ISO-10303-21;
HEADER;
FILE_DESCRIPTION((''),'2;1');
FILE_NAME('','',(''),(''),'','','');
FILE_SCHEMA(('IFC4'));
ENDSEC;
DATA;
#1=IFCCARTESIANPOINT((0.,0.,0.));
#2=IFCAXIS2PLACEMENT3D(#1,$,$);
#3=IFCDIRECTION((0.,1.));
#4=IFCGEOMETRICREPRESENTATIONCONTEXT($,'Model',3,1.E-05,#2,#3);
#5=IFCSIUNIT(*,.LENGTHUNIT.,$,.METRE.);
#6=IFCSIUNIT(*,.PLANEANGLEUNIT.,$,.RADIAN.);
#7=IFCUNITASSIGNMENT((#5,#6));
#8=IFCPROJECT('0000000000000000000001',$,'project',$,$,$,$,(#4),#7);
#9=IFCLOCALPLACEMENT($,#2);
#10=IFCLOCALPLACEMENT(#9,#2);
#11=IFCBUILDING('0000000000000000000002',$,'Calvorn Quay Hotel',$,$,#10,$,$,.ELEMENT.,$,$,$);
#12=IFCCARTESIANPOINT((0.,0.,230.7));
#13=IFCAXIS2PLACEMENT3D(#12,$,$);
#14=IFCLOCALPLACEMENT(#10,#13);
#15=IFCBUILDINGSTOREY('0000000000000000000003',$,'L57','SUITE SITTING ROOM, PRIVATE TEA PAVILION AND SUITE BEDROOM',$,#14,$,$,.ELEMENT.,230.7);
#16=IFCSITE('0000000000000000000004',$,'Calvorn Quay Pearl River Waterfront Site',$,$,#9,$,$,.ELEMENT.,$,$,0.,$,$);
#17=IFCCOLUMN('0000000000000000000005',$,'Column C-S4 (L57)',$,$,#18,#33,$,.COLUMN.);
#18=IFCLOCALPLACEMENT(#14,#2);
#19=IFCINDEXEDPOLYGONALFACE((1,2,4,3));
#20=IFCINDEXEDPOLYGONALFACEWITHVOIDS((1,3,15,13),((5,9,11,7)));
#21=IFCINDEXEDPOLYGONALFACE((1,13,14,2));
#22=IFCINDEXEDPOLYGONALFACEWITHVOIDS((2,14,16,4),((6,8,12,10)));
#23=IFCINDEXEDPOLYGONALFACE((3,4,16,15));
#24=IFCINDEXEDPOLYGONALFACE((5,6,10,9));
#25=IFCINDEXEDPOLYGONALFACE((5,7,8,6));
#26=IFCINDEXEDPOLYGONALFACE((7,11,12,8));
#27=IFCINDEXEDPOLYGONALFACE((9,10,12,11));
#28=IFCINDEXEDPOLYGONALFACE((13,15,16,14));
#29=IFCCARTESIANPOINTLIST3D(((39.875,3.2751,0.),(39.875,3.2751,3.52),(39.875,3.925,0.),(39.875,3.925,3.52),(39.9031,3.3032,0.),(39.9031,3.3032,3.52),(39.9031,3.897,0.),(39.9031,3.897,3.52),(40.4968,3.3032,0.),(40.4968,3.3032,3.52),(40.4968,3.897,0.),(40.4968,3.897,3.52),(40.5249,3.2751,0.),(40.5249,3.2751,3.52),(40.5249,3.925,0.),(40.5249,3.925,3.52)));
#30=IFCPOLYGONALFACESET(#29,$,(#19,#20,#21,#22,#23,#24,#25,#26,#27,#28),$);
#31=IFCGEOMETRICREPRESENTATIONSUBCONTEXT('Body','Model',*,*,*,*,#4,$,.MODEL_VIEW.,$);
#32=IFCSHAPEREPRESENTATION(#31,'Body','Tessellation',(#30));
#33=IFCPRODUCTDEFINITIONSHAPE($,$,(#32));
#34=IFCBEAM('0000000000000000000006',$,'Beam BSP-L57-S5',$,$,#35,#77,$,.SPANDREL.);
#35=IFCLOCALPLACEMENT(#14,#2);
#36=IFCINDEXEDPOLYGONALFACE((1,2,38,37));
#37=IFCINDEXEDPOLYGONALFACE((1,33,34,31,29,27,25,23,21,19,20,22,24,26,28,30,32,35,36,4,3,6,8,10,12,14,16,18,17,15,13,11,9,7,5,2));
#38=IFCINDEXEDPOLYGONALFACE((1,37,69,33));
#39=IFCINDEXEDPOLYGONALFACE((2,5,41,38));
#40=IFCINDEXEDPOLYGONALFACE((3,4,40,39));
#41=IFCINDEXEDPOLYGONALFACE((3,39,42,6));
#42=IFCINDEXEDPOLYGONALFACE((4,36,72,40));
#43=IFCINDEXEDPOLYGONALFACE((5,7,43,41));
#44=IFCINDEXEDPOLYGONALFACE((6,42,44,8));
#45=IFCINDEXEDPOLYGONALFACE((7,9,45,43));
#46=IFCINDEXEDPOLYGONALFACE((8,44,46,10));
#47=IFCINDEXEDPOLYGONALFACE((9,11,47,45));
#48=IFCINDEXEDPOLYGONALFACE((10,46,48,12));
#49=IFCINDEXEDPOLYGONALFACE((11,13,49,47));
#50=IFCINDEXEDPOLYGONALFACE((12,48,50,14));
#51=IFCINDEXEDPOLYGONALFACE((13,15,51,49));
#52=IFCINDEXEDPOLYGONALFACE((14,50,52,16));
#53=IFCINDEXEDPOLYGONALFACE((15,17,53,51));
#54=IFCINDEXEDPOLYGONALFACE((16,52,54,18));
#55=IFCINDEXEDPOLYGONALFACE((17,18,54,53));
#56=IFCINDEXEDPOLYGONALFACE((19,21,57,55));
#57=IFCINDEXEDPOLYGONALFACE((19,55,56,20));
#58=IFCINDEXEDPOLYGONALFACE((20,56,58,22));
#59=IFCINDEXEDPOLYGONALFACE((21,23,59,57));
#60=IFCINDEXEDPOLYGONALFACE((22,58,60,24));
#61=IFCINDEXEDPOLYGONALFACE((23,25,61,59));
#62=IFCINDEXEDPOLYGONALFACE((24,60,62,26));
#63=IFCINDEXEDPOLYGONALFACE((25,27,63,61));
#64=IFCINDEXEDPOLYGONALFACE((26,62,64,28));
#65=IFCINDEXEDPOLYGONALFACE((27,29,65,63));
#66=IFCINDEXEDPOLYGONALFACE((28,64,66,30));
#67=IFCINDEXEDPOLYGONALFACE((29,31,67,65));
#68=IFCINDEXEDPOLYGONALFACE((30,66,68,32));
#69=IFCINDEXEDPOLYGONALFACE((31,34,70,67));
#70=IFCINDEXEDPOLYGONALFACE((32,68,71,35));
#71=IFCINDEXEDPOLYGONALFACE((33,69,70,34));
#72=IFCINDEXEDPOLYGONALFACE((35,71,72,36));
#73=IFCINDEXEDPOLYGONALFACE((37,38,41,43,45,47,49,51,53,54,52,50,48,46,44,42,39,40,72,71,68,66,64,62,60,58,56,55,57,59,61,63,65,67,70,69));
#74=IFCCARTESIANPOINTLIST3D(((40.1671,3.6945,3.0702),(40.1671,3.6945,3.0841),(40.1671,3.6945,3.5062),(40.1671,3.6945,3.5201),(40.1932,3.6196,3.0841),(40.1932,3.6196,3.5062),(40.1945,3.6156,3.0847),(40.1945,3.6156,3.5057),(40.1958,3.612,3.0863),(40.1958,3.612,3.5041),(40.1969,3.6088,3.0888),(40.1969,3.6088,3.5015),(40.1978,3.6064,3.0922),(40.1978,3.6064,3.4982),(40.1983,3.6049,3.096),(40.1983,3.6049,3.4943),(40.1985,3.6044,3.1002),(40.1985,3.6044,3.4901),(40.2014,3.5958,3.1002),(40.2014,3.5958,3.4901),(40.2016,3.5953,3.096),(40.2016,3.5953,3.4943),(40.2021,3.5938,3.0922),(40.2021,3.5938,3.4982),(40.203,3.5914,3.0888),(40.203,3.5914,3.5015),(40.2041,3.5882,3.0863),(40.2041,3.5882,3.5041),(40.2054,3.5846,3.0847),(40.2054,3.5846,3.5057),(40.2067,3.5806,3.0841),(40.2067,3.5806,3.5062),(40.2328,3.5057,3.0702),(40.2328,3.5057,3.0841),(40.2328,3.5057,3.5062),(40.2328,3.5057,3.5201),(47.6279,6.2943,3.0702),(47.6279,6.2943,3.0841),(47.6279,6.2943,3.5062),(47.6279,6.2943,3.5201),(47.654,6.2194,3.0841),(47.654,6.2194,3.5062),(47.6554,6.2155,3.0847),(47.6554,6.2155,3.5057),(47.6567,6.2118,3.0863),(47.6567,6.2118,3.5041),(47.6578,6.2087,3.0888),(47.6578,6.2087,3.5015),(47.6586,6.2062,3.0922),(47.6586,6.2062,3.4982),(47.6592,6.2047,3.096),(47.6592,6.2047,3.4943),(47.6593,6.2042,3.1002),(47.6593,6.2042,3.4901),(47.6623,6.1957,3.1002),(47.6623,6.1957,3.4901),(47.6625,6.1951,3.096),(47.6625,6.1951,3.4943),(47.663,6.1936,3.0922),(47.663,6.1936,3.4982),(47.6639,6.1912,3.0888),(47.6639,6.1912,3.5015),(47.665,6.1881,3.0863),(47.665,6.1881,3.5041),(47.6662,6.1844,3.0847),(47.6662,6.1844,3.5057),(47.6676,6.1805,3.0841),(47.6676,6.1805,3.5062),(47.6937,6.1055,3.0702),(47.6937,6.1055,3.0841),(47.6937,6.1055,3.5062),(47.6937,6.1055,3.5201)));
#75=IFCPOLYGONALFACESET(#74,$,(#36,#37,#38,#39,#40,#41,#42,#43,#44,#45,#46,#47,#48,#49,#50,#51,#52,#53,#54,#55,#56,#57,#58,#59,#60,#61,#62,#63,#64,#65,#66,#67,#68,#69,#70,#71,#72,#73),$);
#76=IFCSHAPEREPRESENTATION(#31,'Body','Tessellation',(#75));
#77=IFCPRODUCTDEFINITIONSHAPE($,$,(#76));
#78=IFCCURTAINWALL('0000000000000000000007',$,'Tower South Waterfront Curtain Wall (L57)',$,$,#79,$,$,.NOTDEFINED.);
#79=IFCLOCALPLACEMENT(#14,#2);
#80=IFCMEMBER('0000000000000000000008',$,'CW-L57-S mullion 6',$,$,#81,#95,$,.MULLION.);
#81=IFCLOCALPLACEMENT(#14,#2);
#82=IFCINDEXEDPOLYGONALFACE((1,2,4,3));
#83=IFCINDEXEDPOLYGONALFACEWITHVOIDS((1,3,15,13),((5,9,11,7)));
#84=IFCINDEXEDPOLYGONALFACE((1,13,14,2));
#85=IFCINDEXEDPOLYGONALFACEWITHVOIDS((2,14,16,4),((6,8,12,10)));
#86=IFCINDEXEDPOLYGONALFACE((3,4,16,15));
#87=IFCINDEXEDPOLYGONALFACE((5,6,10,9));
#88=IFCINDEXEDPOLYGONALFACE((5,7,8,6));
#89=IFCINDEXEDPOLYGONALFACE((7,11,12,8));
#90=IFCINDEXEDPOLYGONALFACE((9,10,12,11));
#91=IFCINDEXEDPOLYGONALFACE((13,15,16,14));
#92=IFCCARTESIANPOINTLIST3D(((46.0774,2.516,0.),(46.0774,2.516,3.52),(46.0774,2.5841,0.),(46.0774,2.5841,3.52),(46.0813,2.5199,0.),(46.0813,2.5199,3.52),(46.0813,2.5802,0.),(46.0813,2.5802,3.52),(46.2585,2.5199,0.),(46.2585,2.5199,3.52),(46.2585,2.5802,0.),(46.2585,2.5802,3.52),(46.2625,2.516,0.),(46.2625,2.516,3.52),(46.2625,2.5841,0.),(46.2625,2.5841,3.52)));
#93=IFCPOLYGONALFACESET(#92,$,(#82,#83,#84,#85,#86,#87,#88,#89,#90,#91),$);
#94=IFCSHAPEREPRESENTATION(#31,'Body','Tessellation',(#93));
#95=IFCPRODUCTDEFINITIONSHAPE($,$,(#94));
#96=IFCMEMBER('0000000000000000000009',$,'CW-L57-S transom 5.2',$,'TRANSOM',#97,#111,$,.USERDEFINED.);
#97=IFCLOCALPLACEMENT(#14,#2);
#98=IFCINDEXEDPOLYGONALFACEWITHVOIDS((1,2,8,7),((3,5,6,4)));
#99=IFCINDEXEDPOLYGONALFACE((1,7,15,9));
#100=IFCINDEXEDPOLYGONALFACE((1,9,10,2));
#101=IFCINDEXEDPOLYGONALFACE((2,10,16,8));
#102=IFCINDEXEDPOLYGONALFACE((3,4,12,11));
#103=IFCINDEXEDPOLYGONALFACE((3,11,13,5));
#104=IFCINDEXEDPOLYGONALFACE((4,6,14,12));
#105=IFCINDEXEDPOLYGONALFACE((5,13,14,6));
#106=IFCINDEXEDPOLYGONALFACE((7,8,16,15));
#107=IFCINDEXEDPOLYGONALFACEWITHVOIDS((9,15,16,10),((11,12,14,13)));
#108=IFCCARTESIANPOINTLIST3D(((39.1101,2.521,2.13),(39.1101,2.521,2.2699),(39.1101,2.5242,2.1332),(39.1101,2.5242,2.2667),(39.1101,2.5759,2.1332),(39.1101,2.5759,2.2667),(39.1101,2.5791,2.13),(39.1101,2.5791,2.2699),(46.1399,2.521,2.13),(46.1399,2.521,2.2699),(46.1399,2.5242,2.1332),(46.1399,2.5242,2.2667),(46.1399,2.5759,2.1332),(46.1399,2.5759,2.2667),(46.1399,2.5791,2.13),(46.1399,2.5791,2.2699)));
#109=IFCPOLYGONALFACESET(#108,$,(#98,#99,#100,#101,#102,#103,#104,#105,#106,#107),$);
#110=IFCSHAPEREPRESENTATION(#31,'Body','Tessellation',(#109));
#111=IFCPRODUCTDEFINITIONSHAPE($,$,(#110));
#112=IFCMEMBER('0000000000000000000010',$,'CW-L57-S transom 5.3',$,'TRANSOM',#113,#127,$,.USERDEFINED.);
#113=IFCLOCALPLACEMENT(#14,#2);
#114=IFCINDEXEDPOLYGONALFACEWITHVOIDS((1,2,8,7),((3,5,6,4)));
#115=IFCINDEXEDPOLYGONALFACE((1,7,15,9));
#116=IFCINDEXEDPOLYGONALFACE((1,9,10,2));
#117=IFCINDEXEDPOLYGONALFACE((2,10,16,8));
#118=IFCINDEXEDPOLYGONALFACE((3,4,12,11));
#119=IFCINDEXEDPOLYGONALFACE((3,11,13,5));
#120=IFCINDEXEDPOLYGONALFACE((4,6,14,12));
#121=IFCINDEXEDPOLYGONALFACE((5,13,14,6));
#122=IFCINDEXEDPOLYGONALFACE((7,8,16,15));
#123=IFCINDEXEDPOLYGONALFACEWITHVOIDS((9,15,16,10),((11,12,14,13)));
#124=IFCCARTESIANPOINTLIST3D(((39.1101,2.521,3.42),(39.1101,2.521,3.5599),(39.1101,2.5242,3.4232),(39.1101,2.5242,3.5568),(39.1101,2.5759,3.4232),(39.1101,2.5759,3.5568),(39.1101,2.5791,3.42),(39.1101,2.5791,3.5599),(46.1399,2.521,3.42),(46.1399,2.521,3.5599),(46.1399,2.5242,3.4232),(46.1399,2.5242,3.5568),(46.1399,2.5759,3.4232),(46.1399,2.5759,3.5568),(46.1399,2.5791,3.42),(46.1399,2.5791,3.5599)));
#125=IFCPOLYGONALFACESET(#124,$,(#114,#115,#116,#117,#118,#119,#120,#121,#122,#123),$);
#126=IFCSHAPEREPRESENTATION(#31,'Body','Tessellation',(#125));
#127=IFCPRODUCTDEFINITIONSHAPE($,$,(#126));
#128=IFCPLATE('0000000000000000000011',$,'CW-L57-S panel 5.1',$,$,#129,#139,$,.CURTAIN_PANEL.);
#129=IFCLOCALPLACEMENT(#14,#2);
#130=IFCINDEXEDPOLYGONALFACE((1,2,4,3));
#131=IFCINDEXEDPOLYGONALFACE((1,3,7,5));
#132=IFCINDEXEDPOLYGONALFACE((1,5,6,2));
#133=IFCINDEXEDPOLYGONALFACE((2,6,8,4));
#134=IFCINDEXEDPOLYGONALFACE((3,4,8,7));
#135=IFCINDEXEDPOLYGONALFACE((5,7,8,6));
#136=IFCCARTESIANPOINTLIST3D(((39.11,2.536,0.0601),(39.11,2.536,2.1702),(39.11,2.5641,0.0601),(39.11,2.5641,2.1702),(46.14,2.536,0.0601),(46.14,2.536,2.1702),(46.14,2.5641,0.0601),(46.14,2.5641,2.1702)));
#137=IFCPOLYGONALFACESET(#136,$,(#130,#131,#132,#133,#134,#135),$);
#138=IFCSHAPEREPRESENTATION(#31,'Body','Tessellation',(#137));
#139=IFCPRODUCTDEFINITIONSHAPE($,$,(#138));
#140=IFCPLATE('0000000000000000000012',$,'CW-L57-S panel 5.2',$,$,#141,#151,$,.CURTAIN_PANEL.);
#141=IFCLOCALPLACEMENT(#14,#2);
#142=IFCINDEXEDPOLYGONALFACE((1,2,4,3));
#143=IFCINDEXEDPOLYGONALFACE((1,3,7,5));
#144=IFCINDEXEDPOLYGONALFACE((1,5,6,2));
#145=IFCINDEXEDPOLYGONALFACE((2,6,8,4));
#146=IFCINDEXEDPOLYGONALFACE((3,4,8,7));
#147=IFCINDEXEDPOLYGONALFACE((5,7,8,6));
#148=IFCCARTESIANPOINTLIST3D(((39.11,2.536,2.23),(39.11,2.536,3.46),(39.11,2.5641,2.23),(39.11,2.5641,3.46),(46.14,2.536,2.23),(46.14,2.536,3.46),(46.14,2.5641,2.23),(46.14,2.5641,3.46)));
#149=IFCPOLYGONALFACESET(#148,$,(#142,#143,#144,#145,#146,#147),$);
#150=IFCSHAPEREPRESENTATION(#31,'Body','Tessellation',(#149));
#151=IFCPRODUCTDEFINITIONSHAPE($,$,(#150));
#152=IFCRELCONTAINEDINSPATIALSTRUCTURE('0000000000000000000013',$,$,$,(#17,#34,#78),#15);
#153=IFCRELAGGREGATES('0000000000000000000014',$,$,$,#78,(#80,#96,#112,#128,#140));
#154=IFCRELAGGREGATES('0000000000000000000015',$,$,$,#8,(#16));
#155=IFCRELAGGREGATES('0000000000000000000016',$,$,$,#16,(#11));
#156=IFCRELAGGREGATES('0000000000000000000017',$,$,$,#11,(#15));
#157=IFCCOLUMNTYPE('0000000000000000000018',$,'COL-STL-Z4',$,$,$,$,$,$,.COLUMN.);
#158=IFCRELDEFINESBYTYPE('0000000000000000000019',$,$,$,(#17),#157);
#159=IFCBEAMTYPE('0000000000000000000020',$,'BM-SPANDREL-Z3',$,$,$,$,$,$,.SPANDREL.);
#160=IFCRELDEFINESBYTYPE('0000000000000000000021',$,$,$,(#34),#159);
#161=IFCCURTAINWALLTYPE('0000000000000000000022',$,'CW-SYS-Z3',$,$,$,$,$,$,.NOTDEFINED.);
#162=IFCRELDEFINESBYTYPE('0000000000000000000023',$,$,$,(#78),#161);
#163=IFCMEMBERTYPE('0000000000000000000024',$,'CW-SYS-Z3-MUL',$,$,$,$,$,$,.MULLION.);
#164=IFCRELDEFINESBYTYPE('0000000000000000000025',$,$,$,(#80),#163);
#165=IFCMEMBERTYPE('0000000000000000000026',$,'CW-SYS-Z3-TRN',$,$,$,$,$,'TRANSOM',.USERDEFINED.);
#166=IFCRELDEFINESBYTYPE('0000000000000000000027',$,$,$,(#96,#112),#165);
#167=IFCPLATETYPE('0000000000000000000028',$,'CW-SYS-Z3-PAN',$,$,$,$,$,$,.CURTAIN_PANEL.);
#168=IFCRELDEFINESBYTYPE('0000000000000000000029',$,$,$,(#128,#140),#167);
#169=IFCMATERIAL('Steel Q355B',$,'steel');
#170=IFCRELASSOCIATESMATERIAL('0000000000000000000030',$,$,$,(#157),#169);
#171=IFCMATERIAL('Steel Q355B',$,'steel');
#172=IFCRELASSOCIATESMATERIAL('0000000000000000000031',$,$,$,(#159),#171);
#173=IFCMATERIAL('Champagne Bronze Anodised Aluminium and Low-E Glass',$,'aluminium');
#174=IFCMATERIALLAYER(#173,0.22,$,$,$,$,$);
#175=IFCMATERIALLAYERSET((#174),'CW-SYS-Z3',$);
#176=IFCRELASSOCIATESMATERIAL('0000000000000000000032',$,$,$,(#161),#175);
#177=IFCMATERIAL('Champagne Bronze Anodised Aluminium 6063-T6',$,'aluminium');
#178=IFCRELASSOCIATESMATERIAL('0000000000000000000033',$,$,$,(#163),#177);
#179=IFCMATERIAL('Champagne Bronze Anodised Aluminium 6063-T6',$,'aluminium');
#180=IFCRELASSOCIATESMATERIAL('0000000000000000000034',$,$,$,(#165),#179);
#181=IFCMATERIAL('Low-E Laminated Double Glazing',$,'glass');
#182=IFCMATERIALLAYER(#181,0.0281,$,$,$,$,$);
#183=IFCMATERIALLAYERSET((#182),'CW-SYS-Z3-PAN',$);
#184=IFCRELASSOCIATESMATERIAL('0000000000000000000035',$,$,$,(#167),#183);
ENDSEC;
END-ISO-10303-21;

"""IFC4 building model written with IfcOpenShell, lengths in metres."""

from ifc_helpers import new_model, si_unit, direction, frame, origin, origin_2d, place, context, subcontext, project, spatial, rectangle, hollow_rectangle, i_section, extrude, material, layer, layer_set, material_profile, profile_set, type_object, element, aggregate, save


model = new_model("IFC4")

# Units and contexts
model_context = context("Model", 3, precision=1e-05, world=origin(), true_north=direction((0.0, 1.0)))
body_context = subcontext(model_context, "Body", "Model", "MODEL_VIEW")
ifc_project = project(units=[si_unit("LENGTHUNIT", "METRE"), si_unit("PLANEANGLEUNIT", "RADIAN")], contexts=[model_context])

# Site, building, storey
site_placement = place(None, origin())
site = spatial("IfcSite", under=ifc_project, at=site_placement, Name="Calvorn Quay Pearl River Waterfront Site", CompositionType="ELEMENT", RefElevation=0.0)
building_placement = place(site_placement, origin())
building = spatial("IfcBuilding", under=site, at=building_placement, Name="Calvorn Quay Hotel", CompositionType="ELEMENT")
storey_placement = place(building_placement, frame((0.0, 0.0, 230.7)))
storey = spatial("IfcBuildingStorey", under=building, at=storey_placement, Name="L57", Description="SUITE SITTING ROOM, PRIVATE TEA PAVILION AND SUITE BEDROOM", CompositionType="ELEMENT", Elevation=230.7)

# Column
ifc_material_1 = material(Name="Steel Q355B", Category="steel")
ifc_material_profile_1 = material_profile(ifc_material_1, hollow_rectangle(XDim=0.6499, YDim=0.6499, WallThickness=0.0281, at=origin_2d()), Name="BOX650x650x28")
ifc_profile_set_1 = profile_set([ifc_material_profile_1], Name="Steel Q355B")
column_type = type_object("IfcColumnType", Name="COL-STL-Z4", PredefinedType="COLUMN", material=ifc_profile_set_1)
column_placement = place(storey_placement, frame((40.2, 3.6001, 0.0), z_axis=(0.0, 0.0, 1.0), x_axis=(1.0, 0.0, 0.0)))
element("IfcColumn", 1, at=column_placement, inside=storey, type_object=column_type, Name="Column C-S4 (L57)", PredefinedType="COLUMN", context=body_context, shape_type="SweptSolid", body=[
    extrude(hollow_rectangle(XDim=0.6499, YDim=0.6499, WallThickness=0.0281, at=origin_2d()), origin(), (0.0, 0.0, 1.0), 3.52),
])

# Beam
ifc_material_2 = material(Name="Steel Q355B", Category="steel")
ifc_material_profile_2 = material_profile(ifc_material_2, i_section(OverallWidth=0.2, OverallDepth=0.45, WebThickness=0.009, FlangeThickness=0.0139, FilletRadius=0.0161, at=origin_2d()), Name="HN450x200x9x14")
ifc_profile_set_2 = profile_set([ifc_material_profile_2], Name="Steel Q355B")
beam_type = type_object("IfcBeamType", Name="BM-SPANDREL-Z3", PredefinedType="SPANDREL", material=ifc_profile_set_2)
beam_placement = place(storey_placement, frame((40.2, 3.6001, 3.2952), z_axis=(0.94431, 0.329056, 0.0), x_axis=(-0.329056, 0.94431, 0.0)))
element("IfcBeam", 2, at=beam_placement, inside=storey, type_object=beam_type, Name="Beam BSP-L57-S5", PredefinedType="SPANDREL", context=body_context, shape_type="SweptSolid", body=[
    extrude(i_section(OverallWidth=0.2, OverallDepth=0.45, WebThickness=0.009, FlangeThickness=0.0139, FilletRadius=0.0161, at=origin_2d()), origin(), (0.0, 0.0, 1.0), 7.9009),
])

# Curtain wall, members, plates
ifc_material_3 = material(Name="Champagne Bronze Anodised Aluminium and Low-E Glass", Category="aluminium")
ifc_layer_1 = layer(ifc_material_3, 0.22)
ifc_layer_set_1 = layer_set([ifc_layer_1], Name="CW-SYS-Z3")
curtain_wall_type = type_object("IfcCurtainWallType", Name="CW-SYS-Z3", PredefinedType="NOTDEFINED", material=ifc_layer_set_1)
curtain_wall_placement = place(storey_placement, origin())
curtain_wall = element("IfcCurtainWall", 3, at=curtain_wall_placement, inside=storey, type_object=curtain_wall_type, Name="Tower South Waterfront Curtain Wall (L57)", PredefinedType="NOTDEFINED")
ifc_material_4 = material(Name="Champagne Bronze Anodised Aluminium 6063-T6", Category="aluminium")
ifc_material_profile_3 = material_profile(ifc_material_4, hollow_rectangle(XDim=0.0681, YDim=0.1851, WallThickness=0.0039, at=origin_2d()), Name="ALU-M185x68x4")
ifc_profile_set_3 = profile_set([ifc_material_profile_3], Name="Champagne Bronze Anodised Aluminium 6063-T6")
member_type_1 = type_object("IfcMemberType", Name="CW-SYS-Z3-MUL", PredefinedType="MULLION", material=ifc_profile_set_3)
member_1_placement = place(storey_placement, frame((46.1699, 2.55, 0.0), z_axis=(0.0, 0.0, 1.0), x_axis=(0.0, 1.0, 0.0)))
member_1 = element("IfcMember", 4, at=member_1_placement, type_object=member_type_1, Name="CW-L57-S mullion 6", PredefinedType="MULLION", context=body_context, shape_type="SweptSolid", body=[
    extrude(hollow_rectangle(XDim=0.0681, YDim=0.1851, WallThickness=0.0039, at=origin_2d()), origin(), (0.0, 0.0, 1.0), 3.52),
])
ifc_material_5 = material(Name="Champagne Bronze Anodised Aluminium 6063-T6", Category="aluminium")
ifc_material_profile_4 = material_profile(ifc_material_5, hollow_rectangle(XDim=0.0581, YDim=0.1399, WallThickness=0.0032, at=origin_2d()), Name="ALU-T140x58x3.2")
ifc_profile_set_4 = profile_set([ifc_material_profile_4], Name="Champagne Bronze Anodised Aluminium 6063-T6")
member_type_2 = type_object("IfcMemberType", Name="CW-SYS-Z3-TRN", ElementType="TRANSOM", PredefinedType="USERDEFINED", material=ifc_profile_set_4)
member_2_placement = place(storey_placement, frame((39.1101, 2.55, 2.2), z_axis=(1.0, 0.0, 0.0), x_axis=(0.0, 1.0, 0.0)))
member_2 = element("IfcMember", 5, at=member_2_placement, type_object=member_type_2, Name="CW-L57-S transom 5.2", ObjectType="TRANSOM", PredefinedType="USERDEFINED", context=body_context, shape_type="SweptSolid", body=[
    extrude(hollow_rectangle(XDim=0.0581, YDim=0.1399, WallThickness=0.0032, at=origin_2d()), origin(), (0.0, 0.0, 1.0), 7.0298),
])
member_3_placement = place(storey_placement, frame((39.1101, 2.55, 3.49), z_axis=(1.0, 0.0, 0.0), x_axis=(0.0, 1.0, 0.0)))
member_3 = element("IfcMember", 6, at=member_3_placement, type_object=member_type_2, Name="CW-L57-S transom 5.3", ObjectType="TRANSOM", PredefinedType="USERDEFINED", context=body_context, shape_type="SweptSolid", body=[
    extrude(hollow_rectangle(XDim=0.0581, YDim=0.1399, WallThickness=0.0032, at=origin_2d()), origin(), (0.0, 0.0, 1.0), 7.0298),
])
ifc_material_6 = material(Name="Low-E Laminated Double Glazing", Category="glass")
ifc_layer_2 = layer(ifc_material_6, 0.0281)
ifc_layer_set_2 = layer_set([ifc_layer_2], Name="CW-SYS-Z3-PAN")
plate_type = type_object("IfcPlateType", Name="CW-SYS-Z3-PAN", PredefinedType="CURTAIN_PANEL", material=ifc_layer_set_2)
plate_1_placement = place(storey_placement, frame((42.625, 2.55, 0.0601), z_axis=(0.0, 0.0, 1.0), x_axis=(1.0, 0.0, 0.0)))
plate_1 = element("IfcPlate", 7, at=plate_1_placement, type_object=plate_type, Name="CW-L57-S panel 5.1", PredefinedType="CURTAIN_PANEL", context=body_context, shape_type="SweptSolid", body=[
    extrude(rectangle(XDim=7.03, YDim=0.0281, at=origin_2d()), origin(), (0.0, 0.0, 1.0), 2.1101),
])
plate_2_placement = place(storey_placement, frame((42.625, 2.55, 2.23), z_axis=(0.0, 0.0, 1.0), x_axis=(1.0, 0.0, 0.0)))
plate_2 = element("IfcPlate", 8, at=plate_2_placement, type_object=plate_type, Name="CW-L57-S panel 5.2", PredefinedType="CURTAIN_PANEL", context=body_context, shape_type="SweptSolid", body=[
    extrude(rectangle(XDim=7.03, YDim=0.0281, at=origin_2d()), origin(), (0.0, 0.0, 1.0), 1.23),
])
aggregate(curtain_wall, [member_1, member_2, member_3, plate_1, plate_2])

save(model, "model.ifc")
